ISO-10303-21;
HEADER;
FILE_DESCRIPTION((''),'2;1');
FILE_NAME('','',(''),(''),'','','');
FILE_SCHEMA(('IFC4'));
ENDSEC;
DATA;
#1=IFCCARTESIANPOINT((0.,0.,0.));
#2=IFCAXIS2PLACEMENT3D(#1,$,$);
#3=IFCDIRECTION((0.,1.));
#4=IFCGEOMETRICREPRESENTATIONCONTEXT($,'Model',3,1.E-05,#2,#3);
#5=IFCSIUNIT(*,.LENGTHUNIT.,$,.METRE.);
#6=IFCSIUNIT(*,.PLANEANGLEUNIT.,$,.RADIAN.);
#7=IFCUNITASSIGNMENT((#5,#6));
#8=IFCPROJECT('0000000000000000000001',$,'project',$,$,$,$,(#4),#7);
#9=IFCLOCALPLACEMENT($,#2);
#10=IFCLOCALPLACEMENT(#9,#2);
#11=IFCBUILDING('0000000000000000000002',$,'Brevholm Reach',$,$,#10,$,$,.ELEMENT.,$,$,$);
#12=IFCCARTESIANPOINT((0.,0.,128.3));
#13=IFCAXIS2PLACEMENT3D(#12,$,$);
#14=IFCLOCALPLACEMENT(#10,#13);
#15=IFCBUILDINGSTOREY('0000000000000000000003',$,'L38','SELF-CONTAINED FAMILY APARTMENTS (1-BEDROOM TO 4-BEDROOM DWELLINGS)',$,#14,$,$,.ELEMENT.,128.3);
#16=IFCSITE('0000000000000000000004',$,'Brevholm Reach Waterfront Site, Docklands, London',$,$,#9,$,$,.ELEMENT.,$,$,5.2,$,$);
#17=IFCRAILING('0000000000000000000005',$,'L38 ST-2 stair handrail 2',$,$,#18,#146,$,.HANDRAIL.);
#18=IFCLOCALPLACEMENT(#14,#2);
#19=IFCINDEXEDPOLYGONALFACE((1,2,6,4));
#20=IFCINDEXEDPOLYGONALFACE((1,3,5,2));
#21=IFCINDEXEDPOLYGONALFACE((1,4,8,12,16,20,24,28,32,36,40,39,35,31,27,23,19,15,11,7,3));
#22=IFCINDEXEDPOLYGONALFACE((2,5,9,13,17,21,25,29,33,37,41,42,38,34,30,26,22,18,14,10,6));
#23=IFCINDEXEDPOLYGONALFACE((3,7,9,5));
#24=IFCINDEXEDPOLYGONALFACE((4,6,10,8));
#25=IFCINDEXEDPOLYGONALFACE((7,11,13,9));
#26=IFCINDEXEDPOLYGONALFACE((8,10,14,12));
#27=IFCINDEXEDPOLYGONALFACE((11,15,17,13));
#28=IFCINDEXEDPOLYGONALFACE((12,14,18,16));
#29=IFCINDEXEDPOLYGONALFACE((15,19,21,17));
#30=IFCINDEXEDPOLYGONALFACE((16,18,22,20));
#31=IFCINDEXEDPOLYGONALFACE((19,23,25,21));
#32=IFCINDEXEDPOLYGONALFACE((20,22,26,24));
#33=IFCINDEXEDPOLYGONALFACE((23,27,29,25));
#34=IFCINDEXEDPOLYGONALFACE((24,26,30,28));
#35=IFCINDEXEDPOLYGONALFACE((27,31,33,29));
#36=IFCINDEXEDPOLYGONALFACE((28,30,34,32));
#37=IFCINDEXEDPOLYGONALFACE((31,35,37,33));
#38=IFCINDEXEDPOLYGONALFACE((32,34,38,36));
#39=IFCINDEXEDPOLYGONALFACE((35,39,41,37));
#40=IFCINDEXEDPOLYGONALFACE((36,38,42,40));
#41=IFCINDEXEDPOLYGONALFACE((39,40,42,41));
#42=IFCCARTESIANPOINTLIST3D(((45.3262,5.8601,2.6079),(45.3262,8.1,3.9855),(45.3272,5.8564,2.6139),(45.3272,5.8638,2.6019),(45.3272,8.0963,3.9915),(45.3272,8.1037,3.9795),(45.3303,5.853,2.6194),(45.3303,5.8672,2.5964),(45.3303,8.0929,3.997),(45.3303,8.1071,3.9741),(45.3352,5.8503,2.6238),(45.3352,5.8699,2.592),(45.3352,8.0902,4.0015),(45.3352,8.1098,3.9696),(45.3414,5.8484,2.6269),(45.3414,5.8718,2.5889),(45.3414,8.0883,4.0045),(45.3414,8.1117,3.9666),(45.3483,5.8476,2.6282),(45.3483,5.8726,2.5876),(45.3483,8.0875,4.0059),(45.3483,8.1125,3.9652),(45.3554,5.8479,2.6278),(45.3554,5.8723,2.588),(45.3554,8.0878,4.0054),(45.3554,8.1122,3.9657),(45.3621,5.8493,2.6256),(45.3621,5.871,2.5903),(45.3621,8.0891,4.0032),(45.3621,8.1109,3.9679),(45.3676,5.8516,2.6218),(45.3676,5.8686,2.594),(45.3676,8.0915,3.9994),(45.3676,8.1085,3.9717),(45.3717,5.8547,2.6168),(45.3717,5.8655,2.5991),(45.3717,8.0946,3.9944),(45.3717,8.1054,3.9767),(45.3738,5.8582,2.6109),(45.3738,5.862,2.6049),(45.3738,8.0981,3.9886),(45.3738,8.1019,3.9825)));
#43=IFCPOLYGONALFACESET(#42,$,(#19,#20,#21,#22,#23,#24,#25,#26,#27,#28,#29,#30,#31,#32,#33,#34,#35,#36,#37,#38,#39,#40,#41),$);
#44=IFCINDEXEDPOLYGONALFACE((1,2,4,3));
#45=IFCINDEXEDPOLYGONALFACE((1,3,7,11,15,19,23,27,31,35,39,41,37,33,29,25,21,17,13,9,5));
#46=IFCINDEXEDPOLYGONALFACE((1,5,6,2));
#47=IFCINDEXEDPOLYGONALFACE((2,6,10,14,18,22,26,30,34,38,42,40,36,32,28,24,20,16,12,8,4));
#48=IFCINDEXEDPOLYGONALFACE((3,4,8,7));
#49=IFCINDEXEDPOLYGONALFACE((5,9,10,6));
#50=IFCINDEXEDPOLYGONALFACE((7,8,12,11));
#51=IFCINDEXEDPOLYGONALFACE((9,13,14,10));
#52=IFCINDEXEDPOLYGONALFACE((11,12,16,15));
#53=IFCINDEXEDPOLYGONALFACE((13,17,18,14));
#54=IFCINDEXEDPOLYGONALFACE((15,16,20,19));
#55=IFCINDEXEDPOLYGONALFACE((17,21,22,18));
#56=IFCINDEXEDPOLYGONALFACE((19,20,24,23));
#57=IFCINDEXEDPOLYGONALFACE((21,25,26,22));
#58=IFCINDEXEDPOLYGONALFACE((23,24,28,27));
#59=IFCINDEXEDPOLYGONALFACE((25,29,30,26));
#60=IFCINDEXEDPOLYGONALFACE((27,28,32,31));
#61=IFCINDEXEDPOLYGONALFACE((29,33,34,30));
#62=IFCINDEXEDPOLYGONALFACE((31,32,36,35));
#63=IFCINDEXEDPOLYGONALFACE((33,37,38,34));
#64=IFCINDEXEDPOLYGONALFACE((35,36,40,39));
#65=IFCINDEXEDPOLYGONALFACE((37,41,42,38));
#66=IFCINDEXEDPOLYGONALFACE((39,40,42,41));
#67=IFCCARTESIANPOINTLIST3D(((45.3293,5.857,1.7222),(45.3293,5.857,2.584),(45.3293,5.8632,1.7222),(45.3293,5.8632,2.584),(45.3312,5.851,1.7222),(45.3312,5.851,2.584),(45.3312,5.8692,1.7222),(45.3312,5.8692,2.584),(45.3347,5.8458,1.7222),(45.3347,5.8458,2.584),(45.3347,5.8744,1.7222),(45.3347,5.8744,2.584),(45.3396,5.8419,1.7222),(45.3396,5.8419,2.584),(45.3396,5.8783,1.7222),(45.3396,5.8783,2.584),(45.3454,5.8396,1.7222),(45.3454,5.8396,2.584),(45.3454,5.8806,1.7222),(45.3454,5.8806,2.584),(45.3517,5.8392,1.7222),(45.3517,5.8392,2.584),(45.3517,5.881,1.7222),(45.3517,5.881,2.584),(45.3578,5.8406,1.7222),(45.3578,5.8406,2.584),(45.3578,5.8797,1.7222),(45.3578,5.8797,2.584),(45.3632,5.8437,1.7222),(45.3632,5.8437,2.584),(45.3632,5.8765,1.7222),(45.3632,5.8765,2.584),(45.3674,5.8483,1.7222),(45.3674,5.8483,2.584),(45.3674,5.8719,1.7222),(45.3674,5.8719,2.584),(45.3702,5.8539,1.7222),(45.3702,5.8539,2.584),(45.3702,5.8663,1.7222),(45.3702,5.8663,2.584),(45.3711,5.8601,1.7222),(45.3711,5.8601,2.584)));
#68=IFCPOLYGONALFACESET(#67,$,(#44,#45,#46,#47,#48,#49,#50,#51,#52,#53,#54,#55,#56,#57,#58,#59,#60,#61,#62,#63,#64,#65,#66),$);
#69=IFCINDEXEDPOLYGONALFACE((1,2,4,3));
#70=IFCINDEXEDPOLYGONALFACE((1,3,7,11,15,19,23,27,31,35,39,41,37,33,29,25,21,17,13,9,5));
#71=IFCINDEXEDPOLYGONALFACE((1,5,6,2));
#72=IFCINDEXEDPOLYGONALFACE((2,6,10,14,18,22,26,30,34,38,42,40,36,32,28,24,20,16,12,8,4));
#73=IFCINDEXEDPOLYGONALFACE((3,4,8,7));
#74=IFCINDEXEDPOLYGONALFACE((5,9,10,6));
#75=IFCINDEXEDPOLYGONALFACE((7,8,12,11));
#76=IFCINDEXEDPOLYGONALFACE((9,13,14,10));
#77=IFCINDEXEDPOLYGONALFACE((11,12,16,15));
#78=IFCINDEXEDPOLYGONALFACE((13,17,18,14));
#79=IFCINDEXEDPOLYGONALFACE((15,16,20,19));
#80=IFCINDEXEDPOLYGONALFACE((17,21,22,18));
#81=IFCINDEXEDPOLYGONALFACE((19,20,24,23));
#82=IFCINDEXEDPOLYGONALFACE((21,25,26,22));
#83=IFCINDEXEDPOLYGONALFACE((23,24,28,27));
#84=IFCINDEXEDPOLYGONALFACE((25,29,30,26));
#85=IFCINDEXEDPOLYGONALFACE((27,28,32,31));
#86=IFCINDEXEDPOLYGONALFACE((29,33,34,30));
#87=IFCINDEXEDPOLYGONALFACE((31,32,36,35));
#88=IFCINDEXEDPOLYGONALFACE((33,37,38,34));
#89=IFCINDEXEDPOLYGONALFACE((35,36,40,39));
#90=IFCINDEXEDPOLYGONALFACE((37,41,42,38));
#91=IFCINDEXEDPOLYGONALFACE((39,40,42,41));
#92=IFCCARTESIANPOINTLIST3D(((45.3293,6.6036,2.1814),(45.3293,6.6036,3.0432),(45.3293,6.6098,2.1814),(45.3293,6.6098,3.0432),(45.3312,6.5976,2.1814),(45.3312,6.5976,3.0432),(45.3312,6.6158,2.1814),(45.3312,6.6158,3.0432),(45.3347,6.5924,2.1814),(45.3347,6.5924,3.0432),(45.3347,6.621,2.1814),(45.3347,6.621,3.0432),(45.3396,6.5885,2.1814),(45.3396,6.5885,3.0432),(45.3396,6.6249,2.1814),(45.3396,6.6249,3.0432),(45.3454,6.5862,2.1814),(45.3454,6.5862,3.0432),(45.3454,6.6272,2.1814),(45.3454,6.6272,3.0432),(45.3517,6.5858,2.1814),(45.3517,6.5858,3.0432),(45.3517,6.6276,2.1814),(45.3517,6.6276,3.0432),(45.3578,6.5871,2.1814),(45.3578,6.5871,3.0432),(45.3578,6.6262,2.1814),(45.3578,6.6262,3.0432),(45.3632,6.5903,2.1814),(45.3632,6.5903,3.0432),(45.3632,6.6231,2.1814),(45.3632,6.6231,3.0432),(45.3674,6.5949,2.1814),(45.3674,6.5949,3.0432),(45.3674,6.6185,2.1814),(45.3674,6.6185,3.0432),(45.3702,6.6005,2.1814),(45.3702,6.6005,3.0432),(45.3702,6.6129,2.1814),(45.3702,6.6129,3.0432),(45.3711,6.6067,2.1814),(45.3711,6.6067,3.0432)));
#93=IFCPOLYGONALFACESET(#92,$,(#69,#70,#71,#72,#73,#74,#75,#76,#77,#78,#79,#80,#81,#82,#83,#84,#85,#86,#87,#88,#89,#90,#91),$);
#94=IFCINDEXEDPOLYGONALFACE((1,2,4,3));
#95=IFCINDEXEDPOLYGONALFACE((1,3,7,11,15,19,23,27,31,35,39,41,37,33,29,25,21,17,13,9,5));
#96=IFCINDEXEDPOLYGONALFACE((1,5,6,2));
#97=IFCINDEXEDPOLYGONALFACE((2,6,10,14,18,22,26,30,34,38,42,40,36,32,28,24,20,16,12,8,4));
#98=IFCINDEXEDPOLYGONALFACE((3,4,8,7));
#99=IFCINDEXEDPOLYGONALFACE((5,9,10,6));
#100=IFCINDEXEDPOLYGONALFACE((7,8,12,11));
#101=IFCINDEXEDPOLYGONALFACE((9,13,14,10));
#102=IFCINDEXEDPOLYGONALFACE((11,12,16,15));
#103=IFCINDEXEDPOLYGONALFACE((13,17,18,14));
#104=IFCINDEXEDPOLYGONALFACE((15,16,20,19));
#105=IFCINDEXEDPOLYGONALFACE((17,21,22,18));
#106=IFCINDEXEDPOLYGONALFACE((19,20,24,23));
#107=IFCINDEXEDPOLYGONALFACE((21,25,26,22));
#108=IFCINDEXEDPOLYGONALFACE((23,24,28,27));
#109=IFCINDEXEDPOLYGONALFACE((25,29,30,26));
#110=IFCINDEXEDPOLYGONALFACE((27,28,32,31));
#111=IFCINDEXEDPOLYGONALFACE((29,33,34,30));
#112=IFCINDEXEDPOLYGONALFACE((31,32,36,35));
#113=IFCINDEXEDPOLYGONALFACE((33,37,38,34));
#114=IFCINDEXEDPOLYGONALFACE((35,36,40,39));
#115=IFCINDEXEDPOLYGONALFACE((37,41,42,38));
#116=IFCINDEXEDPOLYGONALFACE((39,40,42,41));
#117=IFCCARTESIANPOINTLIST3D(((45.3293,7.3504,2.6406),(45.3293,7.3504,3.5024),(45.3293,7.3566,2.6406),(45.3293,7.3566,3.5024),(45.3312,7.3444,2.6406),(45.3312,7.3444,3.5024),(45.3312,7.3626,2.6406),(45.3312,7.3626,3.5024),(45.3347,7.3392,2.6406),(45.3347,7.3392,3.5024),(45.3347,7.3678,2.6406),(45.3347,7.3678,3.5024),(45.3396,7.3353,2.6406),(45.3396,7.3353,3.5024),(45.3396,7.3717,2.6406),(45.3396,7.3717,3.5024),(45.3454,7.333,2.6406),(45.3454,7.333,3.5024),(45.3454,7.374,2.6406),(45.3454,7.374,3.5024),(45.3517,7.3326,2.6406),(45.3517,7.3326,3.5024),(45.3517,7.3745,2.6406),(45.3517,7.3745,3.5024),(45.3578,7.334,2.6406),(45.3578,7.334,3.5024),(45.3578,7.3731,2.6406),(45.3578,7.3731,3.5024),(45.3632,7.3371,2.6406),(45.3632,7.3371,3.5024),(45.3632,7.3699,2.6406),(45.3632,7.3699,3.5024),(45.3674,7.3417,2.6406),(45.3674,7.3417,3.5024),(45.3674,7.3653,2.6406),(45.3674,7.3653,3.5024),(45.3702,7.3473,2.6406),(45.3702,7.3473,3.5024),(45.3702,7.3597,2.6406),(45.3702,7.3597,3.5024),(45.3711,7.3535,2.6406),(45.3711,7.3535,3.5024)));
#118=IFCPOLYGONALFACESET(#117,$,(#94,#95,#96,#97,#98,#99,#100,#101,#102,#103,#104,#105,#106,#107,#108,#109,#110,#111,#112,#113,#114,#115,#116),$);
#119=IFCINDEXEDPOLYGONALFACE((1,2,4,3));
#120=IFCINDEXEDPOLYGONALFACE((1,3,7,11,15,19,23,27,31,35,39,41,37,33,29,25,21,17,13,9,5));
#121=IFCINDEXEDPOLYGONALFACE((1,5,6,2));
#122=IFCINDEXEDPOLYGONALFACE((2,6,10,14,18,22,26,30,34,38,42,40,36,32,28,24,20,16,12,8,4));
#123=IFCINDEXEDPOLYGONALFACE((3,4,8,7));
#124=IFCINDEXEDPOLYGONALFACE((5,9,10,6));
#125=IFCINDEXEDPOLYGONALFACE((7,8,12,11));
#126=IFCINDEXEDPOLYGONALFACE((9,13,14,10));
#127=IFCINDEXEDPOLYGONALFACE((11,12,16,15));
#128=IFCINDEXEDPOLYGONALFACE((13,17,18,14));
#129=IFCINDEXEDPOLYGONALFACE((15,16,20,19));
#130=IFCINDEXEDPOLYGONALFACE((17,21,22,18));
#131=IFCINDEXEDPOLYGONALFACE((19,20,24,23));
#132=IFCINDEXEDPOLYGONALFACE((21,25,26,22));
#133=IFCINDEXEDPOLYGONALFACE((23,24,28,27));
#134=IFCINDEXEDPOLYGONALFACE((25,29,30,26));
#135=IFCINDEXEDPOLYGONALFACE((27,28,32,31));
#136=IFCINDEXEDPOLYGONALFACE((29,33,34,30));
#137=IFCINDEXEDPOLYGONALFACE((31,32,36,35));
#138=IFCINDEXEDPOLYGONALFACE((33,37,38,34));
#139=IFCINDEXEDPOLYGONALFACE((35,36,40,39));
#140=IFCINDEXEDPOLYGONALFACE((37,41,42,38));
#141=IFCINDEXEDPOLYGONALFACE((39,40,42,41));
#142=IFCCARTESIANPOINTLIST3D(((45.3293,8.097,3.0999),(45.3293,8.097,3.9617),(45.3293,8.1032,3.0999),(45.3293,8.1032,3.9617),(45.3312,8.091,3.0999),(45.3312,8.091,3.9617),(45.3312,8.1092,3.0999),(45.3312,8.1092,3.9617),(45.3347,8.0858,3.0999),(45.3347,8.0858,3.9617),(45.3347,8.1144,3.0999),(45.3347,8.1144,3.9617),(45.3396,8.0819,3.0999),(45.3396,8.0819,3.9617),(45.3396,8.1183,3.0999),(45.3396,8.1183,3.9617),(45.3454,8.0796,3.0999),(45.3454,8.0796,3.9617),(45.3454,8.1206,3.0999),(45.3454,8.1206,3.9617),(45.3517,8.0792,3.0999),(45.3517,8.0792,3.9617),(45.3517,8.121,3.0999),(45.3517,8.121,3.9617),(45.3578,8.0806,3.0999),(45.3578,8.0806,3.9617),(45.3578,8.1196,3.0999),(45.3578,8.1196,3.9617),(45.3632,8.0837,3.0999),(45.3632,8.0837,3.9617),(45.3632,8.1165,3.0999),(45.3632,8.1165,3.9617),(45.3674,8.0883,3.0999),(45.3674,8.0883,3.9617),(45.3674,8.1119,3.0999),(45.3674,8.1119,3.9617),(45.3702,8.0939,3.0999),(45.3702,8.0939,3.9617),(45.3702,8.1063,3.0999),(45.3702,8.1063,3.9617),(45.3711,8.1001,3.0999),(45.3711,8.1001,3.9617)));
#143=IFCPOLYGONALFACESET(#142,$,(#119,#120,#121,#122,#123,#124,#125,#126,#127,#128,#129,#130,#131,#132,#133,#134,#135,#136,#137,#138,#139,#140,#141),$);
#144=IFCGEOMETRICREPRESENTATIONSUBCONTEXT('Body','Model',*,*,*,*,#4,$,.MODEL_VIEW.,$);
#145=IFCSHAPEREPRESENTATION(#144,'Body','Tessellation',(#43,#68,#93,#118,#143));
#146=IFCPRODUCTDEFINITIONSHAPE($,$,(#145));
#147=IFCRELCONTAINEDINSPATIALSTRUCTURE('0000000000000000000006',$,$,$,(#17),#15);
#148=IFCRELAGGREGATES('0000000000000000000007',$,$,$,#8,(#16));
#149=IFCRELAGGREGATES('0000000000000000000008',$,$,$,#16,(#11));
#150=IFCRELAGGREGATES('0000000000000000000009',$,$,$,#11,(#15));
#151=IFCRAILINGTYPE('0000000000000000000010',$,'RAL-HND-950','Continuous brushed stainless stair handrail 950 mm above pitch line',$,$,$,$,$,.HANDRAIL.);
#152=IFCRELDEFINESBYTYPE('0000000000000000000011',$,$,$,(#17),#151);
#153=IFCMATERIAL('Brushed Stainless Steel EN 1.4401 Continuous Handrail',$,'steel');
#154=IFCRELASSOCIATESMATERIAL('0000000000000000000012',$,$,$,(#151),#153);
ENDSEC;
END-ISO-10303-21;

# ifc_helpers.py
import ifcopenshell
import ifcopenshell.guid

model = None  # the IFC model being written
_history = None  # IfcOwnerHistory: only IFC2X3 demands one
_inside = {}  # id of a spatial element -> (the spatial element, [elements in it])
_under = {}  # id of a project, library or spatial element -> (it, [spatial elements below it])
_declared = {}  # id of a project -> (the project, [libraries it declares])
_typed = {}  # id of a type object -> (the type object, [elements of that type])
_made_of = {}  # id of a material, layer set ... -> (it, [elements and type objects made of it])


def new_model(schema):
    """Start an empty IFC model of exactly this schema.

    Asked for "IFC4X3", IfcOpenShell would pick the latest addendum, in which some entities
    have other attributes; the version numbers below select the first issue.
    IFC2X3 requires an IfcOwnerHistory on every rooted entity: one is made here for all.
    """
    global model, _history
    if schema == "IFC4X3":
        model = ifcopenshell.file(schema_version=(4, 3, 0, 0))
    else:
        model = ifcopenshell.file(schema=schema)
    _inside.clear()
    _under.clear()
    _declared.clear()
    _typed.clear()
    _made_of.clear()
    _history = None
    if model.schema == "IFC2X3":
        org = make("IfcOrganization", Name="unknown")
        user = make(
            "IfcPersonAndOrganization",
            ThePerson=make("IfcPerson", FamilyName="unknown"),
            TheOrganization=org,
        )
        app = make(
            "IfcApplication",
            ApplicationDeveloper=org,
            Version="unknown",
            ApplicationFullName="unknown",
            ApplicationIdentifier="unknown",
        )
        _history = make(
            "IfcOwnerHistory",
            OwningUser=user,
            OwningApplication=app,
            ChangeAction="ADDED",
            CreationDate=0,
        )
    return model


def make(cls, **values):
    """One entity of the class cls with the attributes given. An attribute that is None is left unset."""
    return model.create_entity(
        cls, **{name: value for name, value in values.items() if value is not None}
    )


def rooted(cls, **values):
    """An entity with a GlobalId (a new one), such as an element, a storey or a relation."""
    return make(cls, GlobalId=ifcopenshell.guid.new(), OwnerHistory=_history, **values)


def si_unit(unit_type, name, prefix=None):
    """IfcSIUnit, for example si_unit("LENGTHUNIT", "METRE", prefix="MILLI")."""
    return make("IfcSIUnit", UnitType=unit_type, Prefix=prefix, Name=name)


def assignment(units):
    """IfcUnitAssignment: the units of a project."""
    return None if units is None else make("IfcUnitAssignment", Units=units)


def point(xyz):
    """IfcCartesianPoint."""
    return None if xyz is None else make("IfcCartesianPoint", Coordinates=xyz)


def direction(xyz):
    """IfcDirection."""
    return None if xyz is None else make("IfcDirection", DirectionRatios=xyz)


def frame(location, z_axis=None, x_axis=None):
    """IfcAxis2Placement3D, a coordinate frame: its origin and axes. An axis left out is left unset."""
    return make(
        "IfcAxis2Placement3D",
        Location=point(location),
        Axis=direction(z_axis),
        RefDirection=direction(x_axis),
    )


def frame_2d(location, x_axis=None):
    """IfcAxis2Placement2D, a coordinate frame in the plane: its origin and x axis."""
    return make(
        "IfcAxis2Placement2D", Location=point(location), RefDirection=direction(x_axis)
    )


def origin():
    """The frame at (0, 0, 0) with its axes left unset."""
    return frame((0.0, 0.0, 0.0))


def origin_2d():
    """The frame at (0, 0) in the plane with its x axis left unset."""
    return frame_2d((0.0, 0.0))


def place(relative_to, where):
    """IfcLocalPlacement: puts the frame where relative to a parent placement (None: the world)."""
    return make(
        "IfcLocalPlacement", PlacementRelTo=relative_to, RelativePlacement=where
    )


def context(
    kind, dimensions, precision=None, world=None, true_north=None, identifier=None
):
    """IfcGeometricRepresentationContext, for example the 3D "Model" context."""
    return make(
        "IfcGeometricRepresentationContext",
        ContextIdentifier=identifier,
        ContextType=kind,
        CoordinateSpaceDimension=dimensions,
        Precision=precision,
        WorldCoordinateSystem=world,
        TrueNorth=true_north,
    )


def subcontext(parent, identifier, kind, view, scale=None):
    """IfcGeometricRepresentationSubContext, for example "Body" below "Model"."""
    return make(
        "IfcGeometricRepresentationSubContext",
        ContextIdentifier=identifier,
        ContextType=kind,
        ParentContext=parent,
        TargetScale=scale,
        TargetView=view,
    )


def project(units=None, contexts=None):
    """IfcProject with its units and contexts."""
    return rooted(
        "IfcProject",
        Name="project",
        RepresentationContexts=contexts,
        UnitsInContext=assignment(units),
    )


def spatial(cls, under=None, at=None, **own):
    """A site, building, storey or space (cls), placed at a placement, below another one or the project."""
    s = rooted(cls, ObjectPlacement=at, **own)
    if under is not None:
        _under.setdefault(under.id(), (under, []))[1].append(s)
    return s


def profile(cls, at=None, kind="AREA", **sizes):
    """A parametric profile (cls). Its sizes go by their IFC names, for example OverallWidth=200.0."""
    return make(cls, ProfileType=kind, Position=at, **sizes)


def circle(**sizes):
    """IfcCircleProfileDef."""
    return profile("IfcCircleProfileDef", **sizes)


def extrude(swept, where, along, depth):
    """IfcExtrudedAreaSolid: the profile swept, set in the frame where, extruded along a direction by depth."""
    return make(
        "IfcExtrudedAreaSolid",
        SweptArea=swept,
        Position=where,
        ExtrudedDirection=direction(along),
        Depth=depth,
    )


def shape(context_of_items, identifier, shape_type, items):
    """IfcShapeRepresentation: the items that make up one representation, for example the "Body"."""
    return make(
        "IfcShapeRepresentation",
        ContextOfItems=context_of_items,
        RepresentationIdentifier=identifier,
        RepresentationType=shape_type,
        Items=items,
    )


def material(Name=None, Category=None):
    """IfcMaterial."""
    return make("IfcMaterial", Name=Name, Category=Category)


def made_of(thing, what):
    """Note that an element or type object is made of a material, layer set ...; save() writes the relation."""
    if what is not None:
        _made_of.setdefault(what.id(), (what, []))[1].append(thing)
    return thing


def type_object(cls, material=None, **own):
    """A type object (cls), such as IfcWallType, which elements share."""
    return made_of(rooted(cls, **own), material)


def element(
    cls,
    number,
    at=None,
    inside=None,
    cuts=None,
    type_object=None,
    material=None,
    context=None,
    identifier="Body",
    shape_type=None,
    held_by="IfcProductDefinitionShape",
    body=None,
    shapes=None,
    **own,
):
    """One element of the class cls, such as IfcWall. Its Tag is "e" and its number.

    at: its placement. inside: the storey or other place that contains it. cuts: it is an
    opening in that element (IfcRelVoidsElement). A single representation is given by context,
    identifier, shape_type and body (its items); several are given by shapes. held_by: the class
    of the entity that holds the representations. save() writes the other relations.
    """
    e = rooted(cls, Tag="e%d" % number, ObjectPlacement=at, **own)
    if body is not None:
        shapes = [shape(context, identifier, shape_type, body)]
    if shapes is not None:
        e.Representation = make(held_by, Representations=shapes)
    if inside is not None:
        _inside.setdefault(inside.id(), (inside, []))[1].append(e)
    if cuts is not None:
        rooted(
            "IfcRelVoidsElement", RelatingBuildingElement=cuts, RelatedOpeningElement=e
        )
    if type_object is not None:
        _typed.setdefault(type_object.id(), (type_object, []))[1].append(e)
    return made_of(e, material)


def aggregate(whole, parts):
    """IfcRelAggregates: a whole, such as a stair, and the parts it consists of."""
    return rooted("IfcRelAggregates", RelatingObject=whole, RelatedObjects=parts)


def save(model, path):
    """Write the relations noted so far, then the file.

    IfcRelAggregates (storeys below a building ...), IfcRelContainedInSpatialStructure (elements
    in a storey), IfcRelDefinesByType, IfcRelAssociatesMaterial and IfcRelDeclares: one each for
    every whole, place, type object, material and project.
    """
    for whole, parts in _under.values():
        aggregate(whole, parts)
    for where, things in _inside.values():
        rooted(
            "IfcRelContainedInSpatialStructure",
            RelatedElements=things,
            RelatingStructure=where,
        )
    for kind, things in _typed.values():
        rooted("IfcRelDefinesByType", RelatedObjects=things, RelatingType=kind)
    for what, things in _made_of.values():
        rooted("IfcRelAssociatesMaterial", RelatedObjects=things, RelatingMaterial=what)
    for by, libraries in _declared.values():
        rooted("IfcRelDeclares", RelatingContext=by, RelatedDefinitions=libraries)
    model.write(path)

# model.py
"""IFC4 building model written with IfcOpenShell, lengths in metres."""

from ifc_helpers import new_model, si_unit, direction, frame, origin, origin_2d, place, context, subcontext, project, spatial, circle, extrude, material, type_object, element, save


model = new_model("IFC4")

# Units and contexts
model_context = context("Model", 3, precision=1e-05, world=origin(), true_north=direction((0.0, 1.0)))
body_context = subcontext(model_context, "Body", "Model", "MODEL_VIEW")
ifc_project = project(units=[si_unit("LENGTHUNIT", "METRE"), si_unit("PLANEANGLEUNIT", "RADIAN")], contexts=[model_context])

# Site, building, storey
site_placement = place(None, origin())
site = spatial("IfcSite", under=ifc_project, at=site_placement, Name="Brevholm Reach Waterfront Site, Docklands, London", CompositionType="ELEMENT", RefElevation=5.2)
building_placement = place(site_placement, origin())
building = spatial("IfcBuilding", under=site, at=building_placement, Name="Brevholm Reach", CompositionType="ELEMENT")
storey_placement = place(building_placement, frame((0.0, 0.0, 128.3)))
storey = spatial("IfcBuildingStorey", under=building, at=storey_placement, Name="L38", Description="SELF-CONTAINED FAMILY APARTMENTS (1-BEDROOM TO 4-BEDROOM DWELLINGS)", CompositionType="ELEMENT", Elevation=128.3)

# Railing
ifc_material_1 = material(Name="Brushed Stainless Steel EN 1.4401 Continuous Handrail", Category="steel")
railing_type_1 = type_object("IfcRailingType", Name="RAL-HND-950", Description="Continuous brushed stainless stair handrail 950 mm above pitch line", PredefinedType="HANDRAIL", material=ifc_material_1)
railing_1_placement = place(storey_placement, frame((45.3501, 5.8601, 1.7222)))
element("IfcRailing", 1, at=railing_1_placement, inside=storey, type_object=railing_type_1, Name="L38 ST-2 stair handrail 2", PredefinedType="HANDRAIL", context=body_context, shape_type="SweptSolid", body=[
    extrude(circle(Radius=0.0239, at=origin_2d()), frame((0.0, 0.0, 0.8857), z_axis=(0.0, 0.851789, 0.523885), x_axis=(-1.0, 0.0, 0.0)), (0.0, 0.0, 1.0), 2.6296),
    extrude(circle(Radius=0.021, at=origin_2d()), origin(), (0.0, 0.0, 1.0), 0.8618),
    extrude(circle(Radius=0.021, at=origin_2d()), frame((0.0, 0.7466, 0.4592)), (0.0, 0.0, 1.0), 0.8618),
    extrude(circle(Radius=0.021, at=origin_2d()), frame((0.0, 1.4934, 0.9185)), (0.0, 0.0, 1.0), 0.8618),
    extrude(circle(Radius=0.021, at=origin_2d()), frame((0.0, 2.24, 1.3777)), (0.0, 0.0, 1.0), 0.8618),
])

save(model, "model.ifc")
